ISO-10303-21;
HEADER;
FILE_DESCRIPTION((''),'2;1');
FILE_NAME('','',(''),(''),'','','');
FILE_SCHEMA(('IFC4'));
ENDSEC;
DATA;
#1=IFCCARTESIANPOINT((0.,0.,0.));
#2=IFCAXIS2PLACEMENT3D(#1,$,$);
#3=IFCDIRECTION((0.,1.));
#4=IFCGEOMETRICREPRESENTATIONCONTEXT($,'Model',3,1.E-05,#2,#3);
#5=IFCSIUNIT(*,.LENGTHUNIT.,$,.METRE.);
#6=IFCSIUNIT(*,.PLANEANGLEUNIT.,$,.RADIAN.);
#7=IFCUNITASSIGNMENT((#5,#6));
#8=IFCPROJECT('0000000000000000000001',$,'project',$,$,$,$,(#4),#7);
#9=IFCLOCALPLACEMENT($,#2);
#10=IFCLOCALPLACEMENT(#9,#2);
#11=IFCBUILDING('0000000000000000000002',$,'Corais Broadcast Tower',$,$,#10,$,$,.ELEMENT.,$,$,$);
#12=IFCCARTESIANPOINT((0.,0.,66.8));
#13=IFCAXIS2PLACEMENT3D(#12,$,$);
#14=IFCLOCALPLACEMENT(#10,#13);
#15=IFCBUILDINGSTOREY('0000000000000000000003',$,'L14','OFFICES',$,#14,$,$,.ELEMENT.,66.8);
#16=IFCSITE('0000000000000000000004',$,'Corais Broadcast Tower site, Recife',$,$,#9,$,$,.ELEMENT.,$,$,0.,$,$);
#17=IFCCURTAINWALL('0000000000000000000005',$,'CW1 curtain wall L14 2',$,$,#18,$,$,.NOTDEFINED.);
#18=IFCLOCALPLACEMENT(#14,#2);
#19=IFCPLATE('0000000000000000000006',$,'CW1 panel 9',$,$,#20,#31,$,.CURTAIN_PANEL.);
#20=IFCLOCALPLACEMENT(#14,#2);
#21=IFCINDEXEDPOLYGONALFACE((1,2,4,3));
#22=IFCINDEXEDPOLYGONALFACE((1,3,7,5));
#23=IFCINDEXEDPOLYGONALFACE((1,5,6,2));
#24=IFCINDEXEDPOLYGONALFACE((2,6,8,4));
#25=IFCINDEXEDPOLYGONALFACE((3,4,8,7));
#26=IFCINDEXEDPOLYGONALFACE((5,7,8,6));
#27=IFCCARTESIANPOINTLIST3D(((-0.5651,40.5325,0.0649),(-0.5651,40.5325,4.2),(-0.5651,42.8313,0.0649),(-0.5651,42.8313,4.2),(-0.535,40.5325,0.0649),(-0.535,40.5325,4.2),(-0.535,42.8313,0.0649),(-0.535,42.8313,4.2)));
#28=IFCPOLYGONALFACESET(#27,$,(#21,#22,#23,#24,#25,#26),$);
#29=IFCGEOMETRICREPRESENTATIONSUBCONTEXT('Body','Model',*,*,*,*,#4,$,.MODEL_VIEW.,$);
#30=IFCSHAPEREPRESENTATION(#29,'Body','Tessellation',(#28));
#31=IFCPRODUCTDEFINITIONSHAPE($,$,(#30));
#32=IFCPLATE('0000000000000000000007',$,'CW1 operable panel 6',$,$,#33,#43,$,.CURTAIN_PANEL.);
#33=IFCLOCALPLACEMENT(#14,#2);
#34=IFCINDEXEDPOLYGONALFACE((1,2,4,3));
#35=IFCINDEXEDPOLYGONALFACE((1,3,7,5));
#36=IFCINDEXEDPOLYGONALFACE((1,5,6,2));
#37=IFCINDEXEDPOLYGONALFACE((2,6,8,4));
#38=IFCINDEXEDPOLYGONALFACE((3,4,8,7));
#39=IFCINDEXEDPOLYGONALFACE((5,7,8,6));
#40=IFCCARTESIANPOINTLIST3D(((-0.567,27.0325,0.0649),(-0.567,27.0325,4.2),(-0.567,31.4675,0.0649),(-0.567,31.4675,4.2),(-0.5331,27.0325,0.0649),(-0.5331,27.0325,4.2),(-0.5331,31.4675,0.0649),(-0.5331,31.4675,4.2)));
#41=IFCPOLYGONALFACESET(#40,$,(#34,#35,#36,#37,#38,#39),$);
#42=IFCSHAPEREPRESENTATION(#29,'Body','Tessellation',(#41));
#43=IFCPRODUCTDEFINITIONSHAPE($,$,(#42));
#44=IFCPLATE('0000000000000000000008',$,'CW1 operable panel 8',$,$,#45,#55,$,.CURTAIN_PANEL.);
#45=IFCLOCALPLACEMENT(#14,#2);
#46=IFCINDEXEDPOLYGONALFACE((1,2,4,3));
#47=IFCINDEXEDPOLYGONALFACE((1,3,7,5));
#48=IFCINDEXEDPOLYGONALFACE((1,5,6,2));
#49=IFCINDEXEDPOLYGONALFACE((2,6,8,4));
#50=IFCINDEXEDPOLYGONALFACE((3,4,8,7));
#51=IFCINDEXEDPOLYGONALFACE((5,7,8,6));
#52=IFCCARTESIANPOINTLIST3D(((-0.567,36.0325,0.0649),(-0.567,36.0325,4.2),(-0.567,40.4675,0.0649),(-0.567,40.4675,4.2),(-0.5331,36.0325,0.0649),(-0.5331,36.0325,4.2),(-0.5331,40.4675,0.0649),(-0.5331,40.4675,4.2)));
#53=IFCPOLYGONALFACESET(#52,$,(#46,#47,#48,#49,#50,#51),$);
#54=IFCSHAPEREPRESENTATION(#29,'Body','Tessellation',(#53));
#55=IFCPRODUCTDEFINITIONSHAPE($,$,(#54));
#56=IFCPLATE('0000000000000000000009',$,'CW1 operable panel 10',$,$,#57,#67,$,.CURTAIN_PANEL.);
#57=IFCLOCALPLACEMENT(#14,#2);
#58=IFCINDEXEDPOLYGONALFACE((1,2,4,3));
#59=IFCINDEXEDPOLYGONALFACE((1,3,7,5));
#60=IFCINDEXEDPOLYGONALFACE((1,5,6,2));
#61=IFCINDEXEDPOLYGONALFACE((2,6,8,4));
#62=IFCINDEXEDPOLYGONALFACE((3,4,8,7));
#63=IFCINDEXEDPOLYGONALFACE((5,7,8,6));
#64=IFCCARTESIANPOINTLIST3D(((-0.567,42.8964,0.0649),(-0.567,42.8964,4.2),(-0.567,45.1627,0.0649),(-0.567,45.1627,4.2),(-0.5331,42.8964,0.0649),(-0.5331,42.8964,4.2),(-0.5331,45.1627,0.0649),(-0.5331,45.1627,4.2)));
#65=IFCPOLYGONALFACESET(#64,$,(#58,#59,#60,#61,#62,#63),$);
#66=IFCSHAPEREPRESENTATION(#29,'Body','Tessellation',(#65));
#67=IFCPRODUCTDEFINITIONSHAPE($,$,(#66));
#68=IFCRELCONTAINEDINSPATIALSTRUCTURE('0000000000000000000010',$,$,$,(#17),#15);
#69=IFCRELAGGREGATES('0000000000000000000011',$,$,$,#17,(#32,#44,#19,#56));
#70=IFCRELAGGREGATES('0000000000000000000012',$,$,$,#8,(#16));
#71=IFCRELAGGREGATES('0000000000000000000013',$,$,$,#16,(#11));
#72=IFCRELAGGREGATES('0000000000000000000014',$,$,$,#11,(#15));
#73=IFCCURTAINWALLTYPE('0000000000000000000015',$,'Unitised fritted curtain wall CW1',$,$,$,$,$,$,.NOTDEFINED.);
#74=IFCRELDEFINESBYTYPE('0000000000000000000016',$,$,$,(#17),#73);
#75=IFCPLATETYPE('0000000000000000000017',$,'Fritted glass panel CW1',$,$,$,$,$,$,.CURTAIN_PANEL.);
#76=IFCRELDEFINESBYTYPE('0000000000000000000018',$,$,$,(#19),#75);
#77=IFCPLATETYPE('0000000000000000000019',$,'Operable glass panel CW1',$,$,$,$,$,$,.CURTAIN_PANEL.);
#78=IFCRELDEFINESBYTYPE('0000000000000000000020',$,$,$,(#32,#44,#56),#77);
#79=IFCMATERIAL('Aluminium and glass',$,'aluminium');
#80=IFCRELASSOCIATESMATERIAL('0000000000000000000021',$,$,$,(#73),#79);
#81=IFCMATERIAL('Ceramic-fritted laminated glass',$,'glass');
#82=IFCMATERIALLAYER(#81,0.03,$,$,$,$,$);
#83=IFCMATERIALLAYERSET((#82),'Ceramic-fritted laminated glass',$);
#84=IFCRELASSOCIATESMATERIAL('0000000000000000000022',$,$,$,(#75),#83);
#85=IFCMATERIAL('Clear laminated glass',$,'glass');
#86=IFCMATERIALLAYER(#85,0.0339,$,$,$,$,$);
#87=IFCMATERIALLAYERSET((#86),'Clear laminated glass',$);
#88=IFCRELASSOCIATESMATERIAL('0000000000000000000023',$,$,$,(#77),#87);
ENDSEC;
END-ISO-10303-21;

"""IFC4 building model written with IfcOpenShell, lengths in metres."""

from ifc_helpers import new_model, si_unit, direction, frame, origin, origin_2d, place, context, subcontext, project, spatial, rectangle, extrude, material, layer, layer_set, type_object, element, aggregate, save


model = new_model("IFC4")

# Units and contexts
model_context = context("Model", 3, precision=1e-05, world=origin(), true_north=direction((0.0, 1.0)))
body_context = subcontext(model_context, "Body", "Model", "MODEL_VIEW")
ifc_project = project(units=[si_unit("LENGTHUNIT", "METRE"), si_unit("PLANEANGLEUNIT", "RADIAN")], contexts=[model_context])

# Site, building, storey
site_placement = place(None, origin())
site = spatial("IfcSite", under=ifc_project, at=site_placement, Name="Corais Broadcast Tower site, Recife", CompositionType="ELEMENT", RefElevation=0.0)
building_placement = place(site_placement, origin())
building = spatial("IfcBuilding", under=site, at=building_placement, Name="Corais Broadcast Tower", CompositionType="ELEMENT")
storey_placement = place(building_placement, frame((0.0, 0.0, 66.8)))
storey = spatial("IfcBuildingStorey", under=building, at=storey_placement, Name="L14", Description="OFFICES", CompositionType="ELEMENT", Elevation=66.8)

# Curtain wall
ifc_material_1 = material(Name="Aluminium and glass", Category="aluminium")
curtain_wall_type = type_object("IfcCurtainWallType", Name="Unitised fritted curtain wall CW1", PredefinedType="NOTDEFINED", material=ifc_material_1)
curtain_wall_placement = place(storey_placement, origin())
curtain_wall = element("IfcCurtainWall", 1, at=curtain_wall_placement, inside=storey, type_object=curtain_wall_type, Name="CW1 curtain wall L14 2", PredefinedType="NOTDEFINED")

# Plates
ifc_material_2 = material(Name="Ceramic-fritted laminated glass", Category="glass")
ifc_layer_1 = layer(ifc_material_2, 0.03)
ifc_layer_set_1 = layer_set([ifc_layer_1], Name="Ceramic-fritted laminated glass")
plate_type_1 = type_object("IfcPlateType", Name="Fritted glass panel CW1", PredefinedType="CURTAIN_PANEL", material=ifc_layer_set_1)
plate_1_placement = place(storey_placement, frame((-0.55, 41.6819, 0.0649), z_axis=(0.0, 0.0, 1.0), x_axis=(0.0, 1.0, 0.0)))
plate_1 = element("IfcPlate", 2, at=plate_1_placement, type_object=plate_type_1, Name="CW1 panel 9", PredefinedType="CURTAIN_PANEL", context=body_context, shape_type="SweptSolid", body=[
    extrude(rectangle(XDim=2.2988, YDim=0.03, at=origin_2d()), origin(), (0.0, 0.0, 1.0), 4.135),
])
ifc_material_3 = material(Name="Clear laminated glass", Category="glass")
ifc_layer_2 = layer(ifc_material_3, 0.0339)
ifc_layer_set_2 = layer_set([ifc_layer_2], Name="Clear laminated glass")
plate_type_2 = type_object("IfcPlateType", Name="Operable glass panel CW1", PredefinedType="CURTAIN_PANEL", material=ifc_layer_set_2)
plate_2_placement = place(storey_placement, frame((-0.55, 29.25, 0.0649), z_axis=(0.0, 0.0, 1.0), x_axis=(0.0, 1.0, 0.0)))
plate_2 = element("IfcPlate", 3, at=plate_2_placement, type_object=plate_type_2, Name="CW1 operable panel 6", PredefinedType="CURTAIN_PANEL", context=body_context, shape_type="SweptSolid", body=[
    extrude(rectangle(XDim=4.4351, YDim=0.0339, at=origin_2d()), origin(), (0.0, 0.0, 1.0), 4.135),
])
plate_3_placement = place(storey_placement, frame((-0.55, 38.25, 0.0649), z_axis=(0.0, 0.0, 1.0), x_axis=(0.0, 1.0, 0.0)))
plate_3 = element("IfcPlate", 4, at=plate_3_placement, type_object=plate_type_2, Name="CW1 operable panel 8", PredefinedType="CURTAIN_PANEL", context=body_context, shape_type="SweptSolid", body=[
    extrude(rectangle(XDim=4.4351, YDim=0.0339, at=origin_2d()), origin(), (0.0, 0.0, 1.0), 4.135),
])
plate_4_placement = place(storey_placement, frame((-0.55, 44.0295, 0.0649), z_axis=(0.0, 0.0, 1.0), x_axis=(0.0, 1.0, 0.0)))
plate_4 = element("IfcPlate", 5, at=plate_4_placement, type_object=plate_type_2, Name="CW1 operable panel 10", PredefinedType="CURTAIN_PANEL", context=body_context, shape_type="SweptSolid", body=[
    extrude(rectangle(XDim=2.2664, YDim=0.0339, at=origin_2d()), origin(), (0.0, 0.0, 1.0), 4.135),
])
aggregate(curtain_wall, [plate_2, plate_3, plate_1, plate_4])

save(model, "model.ifc")
